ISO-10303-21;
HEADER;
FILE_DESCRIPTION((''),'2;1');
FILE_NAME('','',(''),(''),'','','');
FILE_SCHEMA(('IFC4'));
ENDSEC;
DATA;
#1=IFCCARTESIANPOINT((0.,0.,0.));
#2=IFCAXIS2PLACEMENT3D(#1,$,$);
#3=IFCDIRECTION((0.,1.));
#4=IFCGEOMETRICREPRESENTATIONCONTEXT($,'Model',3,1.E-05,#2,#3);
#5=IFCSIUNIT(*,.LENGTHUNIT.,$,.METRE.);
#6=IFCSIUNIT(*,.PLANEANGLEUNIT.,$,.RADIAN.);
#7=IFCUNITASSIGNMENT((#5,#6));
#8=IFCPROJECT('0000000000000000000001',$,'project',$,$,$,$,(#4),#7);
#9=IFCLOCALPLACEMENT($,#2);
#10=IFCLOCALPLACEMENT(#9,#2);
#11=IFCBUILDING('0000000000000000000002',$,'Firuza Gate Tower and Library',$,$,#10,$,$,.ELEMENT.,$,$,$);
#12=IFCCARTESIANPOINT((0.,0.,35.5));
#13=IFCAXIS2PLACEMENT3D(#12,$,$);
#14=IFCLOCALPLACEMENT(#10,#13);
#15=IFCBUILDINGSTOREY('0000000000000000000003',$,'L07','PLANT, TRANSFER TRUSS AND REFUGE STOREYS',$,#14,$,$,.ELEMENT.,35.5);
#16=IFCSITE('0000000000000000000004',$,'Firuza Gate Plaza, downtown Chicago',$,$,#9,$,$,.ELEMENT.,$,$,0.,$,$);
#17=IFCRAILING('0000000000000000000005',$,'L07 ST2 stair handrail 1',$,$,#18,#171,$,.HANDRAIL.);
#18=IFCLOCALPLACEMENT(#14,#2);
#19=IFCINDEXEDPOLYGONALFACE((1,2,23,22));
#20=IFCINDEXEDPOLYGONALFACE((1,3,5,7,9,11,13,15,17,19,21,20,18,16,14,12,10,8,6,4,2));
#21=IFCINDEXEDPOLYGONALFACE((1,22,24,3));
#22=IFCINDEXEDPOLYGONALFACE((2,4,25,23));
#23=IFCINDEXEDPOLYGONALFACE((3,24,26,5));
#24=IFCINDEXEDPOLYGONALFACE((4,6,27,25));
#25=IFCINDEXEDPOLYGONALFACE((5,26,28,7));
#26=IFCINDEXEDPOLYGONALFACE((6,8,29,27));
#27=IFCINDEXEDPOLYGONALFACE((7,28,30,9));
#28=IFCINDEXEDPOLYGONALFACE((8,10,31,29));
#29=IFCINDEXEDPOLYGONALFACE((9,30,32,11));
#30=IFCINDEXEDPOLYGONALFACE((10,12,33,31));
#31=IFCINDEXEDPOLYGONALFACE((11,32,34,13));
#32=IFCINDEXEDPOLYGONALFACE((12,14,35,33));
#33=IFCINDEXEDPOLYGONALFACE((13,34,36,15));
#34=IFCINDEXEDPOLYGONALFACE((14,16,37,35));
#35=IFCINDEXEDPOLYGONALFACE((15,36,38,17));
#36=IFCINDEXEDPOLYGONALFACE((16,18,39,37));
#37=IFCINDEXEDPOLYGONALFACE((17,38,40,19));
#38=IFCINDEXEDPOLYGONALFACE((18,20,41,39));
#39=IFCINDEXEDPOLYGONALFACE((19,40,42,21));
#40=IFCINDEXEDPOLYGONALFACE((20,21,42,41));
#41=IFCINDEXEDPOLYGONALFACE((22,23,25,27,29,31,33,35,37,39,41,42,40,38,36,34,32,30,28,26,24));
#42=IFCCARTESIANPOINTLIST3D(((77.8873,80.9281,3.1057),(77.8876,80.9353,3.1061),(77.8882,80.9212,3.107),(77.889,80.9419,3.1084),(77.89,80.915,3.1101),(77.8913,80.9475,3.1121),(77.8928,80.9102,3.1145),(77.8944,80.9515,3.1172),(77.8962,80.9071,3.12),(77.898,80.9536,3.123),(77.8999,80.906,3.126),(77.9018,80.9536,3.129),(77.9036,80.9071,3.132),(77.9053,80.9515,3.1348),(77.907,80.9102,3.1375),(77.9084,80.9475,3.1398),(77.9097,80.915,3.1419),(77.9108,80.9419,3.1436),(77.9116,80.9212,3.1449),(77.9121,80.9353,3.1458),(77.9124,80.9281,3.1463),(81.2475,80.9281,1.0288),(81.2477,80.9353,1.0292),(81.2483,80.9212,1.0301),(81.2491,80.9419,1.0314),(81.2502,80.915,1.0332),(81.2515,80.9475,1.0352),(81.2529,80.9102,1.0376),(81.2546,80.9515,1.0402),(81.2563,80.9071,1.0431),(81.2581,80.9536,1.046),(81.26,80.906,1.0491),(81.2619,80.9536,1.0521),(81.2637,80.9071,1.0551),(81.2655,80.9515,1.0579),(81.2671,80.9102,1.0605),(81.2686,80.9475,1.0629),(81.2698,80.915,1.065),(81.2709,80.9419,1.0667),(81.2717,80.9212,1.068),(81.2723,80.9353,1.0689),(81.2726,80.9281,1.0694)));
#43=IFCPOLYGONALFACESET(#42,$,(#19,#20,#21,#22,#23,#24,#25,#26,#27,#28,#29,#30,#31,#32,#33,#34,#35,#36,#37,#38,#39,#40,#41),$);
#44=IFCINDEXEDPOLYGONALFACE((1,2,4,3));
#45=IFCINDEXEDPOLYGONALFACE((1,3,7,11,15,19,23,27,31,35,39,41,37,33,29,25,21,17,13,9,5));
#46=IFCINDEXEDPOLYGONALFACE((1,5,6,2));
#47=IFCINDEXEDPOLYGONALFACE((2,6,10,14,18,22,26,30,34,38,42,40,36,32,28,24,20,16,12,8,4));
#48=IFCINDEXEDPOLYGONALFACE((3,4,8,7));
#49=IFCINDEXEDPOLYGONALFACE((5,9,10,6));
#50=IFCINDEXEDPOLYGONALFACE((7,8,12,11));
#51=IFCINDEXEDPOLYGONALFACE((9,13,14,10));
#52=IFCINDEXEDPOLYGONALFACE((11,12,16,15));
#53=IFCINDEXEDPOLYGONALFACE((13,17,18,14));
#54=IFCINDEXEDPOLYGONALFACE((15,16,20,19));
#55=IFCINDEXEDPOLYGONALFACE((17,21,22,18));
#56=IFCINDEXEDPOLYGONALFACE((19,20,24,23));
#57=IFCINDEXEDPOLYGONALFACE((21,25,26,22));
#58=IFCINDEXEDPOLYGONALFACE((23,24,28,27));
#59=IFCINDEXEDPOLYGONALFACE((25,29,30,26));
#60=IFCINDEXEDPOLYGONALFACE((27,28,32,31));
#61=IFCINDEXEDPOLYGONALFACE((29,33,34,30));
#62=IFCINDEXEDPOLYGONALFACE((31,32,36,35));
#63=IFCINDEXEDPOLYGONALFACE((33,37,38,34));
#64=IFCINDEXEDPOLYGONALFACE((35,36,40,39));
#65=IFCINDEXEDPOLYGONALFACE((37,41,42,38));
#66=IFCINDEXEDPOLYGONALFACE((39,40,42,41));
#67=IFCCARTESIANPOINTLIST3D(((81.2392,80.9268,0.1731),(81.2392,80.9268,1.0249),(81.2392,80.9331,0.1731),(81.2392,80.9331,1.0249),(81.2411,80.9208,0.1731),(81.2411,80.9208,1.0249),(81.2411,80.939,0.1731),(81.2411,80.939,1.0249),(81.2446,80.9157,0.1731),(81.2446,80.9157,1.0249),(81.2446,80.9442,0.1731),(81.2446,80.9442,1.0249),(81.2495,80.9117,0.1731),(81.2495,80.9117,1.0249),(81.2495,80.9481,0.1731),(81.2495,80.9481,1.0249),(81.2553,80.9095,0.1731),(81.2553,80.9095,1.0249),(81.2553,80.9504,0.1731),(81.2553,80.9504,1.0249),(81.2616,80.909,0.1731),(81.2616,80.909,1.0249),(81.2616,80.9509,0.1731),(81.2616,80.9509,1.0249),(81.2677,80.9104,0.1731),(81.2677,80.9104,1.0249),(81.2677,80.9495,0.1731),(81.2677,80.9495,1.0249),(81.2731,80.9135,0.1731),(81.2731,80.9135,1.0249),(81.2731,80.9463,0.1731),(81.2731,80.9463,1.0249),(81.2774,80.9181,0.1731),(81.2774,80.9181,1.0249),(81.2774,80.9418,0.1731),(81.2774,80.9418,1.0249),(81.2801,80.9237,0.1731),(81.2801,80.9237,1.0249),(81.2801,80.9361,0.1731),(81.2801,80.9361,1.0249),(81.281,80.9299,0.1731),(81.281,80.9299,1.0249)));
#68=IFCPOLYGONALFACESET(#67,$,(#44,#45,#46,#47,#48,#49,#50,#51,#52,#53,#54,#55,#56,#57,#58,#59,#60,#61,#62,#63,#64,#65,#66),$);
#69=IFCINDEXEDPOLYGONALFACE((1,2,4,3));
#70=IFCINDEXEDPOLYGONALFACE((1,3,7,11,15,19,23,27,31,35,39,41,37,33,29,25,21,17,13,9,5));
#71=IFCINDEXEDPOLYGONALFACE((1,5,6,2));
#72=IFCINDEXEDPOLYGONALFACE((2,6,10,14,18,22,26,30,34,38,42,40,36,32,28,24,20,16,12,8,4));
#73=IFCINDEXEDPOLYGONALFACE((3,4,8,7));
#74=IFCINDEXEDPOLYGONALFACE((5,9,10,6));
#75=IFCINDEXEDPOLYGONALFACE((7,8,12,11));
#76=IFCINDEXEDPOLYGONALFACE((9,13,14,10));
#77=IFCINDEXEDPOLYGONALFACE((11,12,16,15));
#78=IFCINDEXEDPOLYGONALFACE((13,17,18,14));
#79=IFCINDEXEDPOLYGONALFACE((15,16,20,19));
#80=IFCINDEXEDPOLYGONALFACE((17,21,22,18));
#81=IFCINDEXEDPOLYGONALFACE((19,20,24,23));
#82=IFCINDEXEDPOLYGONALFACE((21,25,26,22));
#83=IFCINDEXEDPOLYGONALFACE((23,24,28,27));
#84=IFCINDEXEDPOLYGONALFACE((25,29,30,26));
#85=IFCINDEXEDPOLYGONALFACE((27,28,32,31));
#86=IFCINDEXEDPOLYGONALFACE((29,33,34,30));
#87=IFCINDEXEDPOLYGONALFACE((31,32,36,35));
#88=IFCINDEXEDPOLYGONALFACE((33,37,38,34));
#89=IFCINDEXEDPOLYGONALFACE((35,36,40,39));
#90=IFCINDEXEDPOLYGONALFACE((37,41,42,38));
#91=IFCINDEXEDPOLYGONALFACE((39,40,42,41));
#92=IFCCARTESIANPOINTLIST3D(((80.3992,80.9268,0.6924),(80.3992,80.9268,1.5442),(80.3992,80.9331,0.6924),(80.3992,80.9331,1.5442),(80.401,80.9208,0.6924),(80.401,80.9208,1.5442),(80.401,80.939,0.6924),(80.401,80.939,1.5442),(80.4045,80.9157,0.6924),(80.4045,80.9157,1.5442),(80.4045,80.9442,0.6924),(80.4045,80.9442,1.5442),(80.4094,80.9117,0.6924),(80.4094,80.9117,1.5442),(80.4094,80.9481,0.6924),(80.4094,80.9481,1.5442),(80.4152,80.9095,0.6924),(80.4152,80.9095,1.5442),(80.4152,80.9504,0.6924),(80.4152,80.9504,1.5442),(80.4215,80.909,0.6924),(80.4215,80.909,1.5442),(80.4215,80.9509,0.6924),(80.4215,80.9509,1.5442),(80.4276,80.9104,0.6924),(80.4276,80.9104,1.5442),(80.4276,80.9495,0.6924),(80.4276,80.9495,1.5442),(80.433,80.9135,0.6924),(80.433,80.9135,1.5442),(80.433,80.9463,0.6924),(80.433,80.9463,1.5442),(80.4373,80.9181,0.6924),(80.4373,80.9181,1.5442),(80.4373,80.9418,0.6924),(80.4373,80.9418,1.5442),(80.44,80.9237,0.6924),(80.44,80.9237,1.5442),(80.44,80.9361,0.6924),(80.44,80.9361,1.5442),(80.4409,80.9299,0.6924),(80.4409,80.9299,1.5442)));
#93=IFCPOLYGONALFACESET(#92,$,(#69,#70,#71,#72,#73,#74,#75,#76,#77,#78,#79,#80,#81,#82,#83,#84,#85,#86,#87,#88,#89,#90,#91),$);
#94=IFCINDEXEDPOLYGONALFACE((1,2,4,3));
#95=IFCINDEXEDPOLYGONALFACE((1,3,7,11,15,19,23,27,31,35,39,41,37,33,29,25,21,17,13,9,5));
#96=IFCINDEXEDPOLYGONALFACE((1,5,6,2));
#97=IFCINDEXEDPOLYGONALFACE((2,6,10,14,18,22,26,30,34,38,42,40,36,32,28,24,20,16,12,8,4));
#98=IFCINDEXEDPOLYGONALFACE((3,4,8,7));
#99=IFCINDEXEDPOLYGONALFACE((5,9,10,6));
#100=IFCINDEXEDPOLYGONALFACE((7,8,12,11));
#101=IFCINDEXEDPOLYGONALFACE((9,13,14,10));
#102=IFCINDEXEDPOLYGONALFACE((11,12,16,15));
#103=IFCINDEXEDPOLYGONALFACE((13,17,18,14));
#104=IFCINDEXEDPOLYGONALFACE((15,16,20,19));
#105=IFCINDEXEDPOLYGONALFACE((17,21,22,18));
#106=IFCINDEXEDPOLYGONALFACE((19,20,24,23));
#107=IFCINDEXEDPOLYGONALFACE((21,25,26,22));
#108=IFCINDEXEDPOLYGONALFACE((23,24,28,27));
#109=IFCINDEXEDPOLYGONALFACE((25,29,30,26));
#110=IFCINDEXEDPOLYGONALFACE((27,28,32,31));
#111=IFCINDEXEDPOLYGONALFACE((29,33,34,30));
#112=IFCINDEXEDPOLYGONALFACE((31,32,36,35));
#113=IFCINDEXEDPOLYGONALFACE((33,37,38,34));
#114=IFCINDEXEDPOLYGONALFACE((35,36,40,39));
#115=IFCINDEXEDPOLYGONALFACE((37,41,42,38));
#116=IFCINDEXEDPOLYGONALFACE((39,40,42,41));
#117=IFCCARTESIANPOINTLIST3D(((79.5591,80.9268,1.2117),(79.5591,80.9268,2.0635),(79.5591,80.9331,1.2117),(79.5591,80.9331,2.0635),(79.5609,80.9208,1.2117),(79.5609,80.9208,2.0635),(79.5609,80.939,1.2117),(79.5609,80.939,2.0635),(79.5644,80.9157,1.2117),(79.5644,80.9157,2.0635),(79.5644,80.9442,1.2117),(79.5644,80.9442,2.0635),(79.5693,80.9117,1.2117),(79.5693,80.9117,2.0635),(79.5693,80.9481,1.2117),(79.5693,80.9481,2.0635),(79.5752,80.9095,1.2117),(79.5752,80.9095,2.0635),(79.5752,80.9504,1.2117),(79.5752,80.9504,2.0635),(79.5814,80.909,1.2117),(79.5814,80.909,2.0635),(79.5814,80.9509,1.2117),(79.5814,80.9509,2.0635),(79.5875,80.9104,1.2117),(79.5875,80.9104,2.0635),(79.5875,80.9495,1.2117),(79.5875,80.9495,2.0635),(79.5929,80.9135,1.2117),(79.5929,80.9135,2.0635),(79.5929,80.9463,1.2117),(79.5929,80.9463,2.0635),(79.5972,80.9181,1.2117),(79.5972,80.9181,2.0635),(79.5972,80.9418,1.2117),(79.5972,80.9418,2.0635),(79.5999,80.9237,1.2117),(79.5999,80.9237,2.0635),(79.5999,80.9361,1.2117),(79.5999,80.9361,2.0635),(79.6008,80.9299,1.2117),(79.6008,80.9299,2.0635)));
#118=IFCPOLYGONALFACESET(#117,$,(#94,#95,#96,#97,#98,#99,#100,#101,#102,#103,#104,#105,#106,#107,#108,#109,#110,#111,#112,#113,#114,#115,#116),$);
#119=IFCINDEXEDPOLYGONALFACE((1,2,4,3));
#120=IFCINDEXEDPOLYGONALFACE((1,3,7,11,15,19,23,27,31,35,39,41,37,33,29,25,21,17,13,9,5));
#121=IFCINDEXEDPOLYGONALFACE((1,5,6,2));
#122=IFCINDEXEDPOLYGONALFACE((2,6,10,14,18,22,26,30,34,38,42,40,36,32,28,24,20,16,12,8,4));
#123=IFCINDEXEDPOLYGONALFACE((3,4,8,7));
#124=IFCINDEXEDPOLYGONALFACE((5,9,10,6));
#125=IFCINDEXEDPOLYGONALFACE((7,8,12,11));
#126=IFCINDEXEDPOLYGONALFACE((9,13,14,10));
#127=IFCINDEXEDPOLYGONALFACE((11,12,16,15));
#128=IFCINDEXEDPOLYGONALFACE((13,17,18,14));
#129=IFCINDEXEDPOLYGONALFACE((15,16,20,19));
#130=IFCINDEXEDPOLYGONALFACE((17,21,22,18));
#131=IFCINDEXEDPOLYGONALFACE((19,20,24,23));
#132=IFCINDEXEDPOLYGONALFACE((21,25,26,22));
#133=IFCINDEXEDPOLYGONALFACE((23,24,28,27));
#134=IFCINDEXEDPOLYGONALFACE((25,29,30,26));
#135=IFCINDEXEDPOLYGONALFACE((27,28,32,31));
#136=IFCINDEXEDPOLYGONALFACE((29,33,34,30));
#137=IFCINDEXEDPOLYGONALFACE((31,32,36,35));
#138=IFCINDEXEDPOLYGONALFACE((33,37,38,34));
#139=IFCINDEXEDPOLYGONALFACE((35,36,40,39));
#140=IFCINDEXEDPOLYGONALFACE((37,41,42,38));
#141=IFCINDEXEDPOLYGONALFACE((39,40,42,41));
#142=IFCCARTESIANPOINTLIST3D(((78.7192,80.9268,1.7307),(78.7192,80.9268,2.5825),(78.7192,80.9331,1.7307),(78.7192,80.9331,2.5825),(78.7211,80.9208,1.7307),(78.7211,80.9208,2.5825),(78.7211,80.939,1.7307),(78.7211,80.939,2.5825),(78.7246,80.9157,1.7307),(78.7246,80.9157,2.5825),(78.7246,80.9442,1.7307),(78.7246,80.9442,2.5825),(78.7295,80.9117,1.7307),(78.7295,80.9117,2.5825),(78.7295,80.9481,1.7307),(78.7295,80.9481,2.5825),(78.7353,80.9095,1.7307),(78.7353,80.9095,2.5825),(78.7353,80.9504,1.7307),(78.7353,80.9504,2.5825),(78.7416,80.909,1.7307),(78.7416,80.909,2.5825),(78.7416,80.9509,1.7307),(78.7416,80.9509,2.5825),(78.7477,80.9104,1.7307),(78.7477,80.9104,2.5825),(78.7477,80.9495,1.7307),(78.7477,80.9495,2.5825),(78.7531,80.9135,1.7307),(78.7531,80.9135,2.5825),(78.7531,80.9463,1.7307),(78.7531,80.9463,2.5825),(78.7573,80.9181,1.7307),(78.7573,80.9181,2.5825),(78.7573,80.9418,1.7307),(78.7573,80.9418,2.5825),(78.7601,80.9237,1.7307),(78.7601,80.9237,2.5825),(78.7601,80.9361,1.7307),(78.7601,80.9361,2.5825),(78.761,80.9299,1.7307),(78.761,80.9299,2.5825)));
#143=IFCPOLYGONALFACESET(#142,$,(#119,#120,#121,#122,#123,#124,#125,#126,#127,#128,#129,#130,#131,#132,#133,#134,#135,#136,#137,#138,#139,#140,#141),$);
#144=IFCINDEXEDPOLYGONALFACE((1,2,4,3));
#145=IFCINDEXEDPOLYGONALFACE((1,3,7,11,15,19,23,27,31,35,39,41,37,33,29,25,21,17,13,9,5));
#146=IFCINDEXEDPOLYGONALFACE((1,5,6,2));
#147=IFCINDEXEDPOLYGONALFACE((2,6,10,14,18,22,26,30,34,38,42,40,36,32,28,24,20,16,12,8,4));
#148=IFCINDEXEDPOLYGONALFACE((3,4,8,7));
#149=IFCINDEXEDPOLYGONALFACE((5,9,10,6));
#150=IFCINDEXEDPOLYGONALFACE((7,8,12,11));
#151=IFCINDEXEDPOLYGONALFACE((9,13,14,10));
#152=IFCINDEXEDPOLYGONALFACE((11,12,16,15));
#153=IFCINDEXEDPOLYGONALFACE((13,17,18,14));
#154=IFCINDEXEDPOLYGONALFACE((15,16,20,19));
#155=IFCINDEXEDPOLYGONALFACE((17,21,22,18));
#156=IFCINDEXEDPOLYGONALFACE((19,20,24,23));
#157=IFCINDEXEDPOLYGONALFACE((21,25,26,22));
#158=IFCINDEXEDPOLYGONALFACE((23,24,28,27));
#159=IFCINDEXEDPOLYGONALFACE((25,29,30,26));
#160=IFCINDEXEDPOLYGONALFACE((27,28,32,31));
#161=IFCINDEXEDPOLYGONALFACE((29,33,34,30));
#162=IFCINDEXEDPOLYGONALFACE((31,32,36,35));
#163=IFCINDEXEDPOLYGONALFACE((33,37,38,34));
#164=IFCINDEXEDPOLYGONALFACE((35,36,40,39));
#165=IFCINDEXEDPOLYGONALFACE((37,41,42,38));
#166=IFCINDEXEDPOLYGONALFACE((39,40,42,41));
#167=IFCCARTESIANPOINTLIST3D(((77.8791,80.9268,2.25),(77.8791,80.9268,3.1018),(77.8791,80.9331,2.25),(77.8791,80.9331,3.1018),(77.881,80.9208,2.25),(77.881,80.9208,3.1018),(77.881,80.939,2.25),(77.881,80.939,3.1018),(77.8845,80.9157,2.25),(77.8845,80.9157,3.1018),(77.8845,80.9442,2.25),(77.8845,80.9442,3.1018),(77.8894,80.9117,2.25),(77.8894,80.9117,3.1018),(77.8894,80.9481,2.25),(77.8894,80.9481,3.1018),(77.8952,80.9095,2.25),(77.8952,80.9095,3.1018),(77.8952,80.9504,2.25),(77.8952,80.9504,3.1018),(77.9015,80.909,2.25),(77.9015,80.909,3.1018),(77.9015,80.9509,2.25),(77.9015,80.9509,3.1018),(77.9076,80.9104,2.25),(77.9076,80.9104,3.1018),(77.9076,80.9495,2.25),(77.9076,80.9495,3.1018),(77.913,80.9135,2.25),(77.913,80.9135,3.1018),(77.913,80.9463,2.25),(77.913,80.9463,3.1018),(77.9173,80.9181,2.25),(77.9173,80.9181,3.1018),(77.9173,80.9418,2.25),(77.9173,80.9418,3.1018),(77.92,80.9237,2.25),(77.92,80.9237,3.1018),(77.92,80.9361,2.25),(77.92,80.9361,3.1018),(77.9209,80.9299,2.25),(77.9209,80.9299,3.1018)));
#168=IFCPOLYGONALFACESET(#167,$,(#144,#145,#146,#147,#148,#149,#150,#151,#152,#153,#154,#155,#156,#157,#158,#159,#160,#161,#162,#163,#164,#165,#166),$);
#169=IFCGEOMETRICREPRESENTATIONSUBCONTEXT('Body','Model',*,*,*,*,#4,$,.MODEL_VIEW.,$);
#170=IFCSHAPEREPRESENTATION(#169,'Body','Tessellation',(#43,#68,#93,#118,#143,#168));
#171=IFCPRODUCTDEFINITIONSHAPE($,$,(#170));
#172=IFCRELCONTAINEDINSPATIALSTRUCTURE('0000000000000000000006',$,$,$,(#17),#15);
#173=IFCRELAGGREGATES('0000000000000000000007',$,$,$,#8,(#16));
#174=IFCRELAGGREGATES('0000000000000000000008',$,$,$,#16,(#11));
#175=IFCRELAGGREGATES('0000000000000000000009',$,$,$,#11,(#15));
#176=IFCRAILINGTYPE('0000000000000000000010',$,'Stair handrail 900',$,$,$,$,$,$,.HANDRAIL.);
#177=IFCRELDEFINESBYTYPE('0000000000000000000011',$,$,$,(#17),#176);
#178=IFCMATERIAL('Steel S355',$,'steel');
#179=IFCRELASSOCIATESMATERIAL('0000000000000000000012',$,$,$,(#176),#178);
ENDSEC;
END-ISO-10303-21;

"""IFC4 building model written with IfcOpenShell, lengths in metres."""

from ifc_helpers import new_model, si_unit, direction, frame, origin, origin_2d, place, context, subcontext, project, spatial, circle, extrude, material, type_object, element, save


model = new_model("IFC4")

# Units and contexts
model_context = context("Model", 3, precision=1e-05, world=origin(), true_north=direction((0.0, 1.0)))
body_context = subcontext(model_context, "Body", "Model", "MODEL_VIEW")
ifc_project = project(units=[si_unit("LENGTHUNIT", "METRE"), si_unit("PLANEANGLEUNIT", "RADIAN")], contexts=[model_context])

# Site, building, storey
site_placement = place(None, origin())
site = spatial("IfcSite", under=ifc_project, at=site_placement, Name="Firuza Gate Plaza, downtown Chicago", CompositionType="ELEMENT", RefElevation=0.0)
building_placement = place(site_placement, origin())
building = spatial("IfcBuilding", under=site, at=building_placement, Name="Firuza Gate Tower and Library", CompositionType="ELEMENT")
storey_placement = place(building_placement, frame((0.0, 0.0, 35.5)))
storey = spatial("IfcBuildingStorey", under=building, at=storey_placement, Name="L07", Description="PLANT, TRANSFER TRUSS AND REFUGE STOREYS", CompositionType="ELEMENT", Elevation=35.5)

# Railing
ifc_material_1 = material(Name="Steel S355", Category="steel")
railing_type_1 = type_object("IfcRailingType", Name="Stair handrail 900", PredefinedType="HANDRAIL", material=ifc_material_1)
railing_1_placement = place(storey_placement, frame((81.26, 80.9299, 0.1731)))
element("IfcRailing", 1, at=railing_1_placement, inside=storey, type_object=railing_type_1, Name="L07 ST2 stair handrail 1", PredefinedType="HANDRAIL", context=body_context, shape_type="SweptSolid", body=[
    extrude(circle(Radius=0.0239, at=origin_2d()), frame((0.0, 0.0, 0.876), z_axis=(-0.850623, 0.0, 0.525776), x_axis=(0.0, -1.0, 0.0)), (0.0, 0.0, 1.0), 3.9502),
    extrude(circle(Radius=0.021, at=origin_2d()), origin(), (0.0, 0.0, 1.0), 0.8518),
    extrude(circle(Radius=0.021, at=origin_2d()), frame((-0.8401, 0.0, 0.5193)), (0.0, 0.0, 1.0), 0.8518),
    extrude(circle(Radius=0.021, at=origin_2d()), frame((-1.6802, 0.0, 1.0386)), (0.0, 0.0, 1.0), 0.8518),
    extrude(circle(Radius=0.021, at=origin_2d()), frame((-2.52, 0.0, 1.5576)), (0.0, 0.0, 1.0), 0.8518),
    extrude(circle(Radius=0.021, at=origin_2d()), frame((-3.3601, 0.0, 2.0769)), (0.0, 0.0, 1.0), 0.8518),
])

save(model, "model.ifc")
